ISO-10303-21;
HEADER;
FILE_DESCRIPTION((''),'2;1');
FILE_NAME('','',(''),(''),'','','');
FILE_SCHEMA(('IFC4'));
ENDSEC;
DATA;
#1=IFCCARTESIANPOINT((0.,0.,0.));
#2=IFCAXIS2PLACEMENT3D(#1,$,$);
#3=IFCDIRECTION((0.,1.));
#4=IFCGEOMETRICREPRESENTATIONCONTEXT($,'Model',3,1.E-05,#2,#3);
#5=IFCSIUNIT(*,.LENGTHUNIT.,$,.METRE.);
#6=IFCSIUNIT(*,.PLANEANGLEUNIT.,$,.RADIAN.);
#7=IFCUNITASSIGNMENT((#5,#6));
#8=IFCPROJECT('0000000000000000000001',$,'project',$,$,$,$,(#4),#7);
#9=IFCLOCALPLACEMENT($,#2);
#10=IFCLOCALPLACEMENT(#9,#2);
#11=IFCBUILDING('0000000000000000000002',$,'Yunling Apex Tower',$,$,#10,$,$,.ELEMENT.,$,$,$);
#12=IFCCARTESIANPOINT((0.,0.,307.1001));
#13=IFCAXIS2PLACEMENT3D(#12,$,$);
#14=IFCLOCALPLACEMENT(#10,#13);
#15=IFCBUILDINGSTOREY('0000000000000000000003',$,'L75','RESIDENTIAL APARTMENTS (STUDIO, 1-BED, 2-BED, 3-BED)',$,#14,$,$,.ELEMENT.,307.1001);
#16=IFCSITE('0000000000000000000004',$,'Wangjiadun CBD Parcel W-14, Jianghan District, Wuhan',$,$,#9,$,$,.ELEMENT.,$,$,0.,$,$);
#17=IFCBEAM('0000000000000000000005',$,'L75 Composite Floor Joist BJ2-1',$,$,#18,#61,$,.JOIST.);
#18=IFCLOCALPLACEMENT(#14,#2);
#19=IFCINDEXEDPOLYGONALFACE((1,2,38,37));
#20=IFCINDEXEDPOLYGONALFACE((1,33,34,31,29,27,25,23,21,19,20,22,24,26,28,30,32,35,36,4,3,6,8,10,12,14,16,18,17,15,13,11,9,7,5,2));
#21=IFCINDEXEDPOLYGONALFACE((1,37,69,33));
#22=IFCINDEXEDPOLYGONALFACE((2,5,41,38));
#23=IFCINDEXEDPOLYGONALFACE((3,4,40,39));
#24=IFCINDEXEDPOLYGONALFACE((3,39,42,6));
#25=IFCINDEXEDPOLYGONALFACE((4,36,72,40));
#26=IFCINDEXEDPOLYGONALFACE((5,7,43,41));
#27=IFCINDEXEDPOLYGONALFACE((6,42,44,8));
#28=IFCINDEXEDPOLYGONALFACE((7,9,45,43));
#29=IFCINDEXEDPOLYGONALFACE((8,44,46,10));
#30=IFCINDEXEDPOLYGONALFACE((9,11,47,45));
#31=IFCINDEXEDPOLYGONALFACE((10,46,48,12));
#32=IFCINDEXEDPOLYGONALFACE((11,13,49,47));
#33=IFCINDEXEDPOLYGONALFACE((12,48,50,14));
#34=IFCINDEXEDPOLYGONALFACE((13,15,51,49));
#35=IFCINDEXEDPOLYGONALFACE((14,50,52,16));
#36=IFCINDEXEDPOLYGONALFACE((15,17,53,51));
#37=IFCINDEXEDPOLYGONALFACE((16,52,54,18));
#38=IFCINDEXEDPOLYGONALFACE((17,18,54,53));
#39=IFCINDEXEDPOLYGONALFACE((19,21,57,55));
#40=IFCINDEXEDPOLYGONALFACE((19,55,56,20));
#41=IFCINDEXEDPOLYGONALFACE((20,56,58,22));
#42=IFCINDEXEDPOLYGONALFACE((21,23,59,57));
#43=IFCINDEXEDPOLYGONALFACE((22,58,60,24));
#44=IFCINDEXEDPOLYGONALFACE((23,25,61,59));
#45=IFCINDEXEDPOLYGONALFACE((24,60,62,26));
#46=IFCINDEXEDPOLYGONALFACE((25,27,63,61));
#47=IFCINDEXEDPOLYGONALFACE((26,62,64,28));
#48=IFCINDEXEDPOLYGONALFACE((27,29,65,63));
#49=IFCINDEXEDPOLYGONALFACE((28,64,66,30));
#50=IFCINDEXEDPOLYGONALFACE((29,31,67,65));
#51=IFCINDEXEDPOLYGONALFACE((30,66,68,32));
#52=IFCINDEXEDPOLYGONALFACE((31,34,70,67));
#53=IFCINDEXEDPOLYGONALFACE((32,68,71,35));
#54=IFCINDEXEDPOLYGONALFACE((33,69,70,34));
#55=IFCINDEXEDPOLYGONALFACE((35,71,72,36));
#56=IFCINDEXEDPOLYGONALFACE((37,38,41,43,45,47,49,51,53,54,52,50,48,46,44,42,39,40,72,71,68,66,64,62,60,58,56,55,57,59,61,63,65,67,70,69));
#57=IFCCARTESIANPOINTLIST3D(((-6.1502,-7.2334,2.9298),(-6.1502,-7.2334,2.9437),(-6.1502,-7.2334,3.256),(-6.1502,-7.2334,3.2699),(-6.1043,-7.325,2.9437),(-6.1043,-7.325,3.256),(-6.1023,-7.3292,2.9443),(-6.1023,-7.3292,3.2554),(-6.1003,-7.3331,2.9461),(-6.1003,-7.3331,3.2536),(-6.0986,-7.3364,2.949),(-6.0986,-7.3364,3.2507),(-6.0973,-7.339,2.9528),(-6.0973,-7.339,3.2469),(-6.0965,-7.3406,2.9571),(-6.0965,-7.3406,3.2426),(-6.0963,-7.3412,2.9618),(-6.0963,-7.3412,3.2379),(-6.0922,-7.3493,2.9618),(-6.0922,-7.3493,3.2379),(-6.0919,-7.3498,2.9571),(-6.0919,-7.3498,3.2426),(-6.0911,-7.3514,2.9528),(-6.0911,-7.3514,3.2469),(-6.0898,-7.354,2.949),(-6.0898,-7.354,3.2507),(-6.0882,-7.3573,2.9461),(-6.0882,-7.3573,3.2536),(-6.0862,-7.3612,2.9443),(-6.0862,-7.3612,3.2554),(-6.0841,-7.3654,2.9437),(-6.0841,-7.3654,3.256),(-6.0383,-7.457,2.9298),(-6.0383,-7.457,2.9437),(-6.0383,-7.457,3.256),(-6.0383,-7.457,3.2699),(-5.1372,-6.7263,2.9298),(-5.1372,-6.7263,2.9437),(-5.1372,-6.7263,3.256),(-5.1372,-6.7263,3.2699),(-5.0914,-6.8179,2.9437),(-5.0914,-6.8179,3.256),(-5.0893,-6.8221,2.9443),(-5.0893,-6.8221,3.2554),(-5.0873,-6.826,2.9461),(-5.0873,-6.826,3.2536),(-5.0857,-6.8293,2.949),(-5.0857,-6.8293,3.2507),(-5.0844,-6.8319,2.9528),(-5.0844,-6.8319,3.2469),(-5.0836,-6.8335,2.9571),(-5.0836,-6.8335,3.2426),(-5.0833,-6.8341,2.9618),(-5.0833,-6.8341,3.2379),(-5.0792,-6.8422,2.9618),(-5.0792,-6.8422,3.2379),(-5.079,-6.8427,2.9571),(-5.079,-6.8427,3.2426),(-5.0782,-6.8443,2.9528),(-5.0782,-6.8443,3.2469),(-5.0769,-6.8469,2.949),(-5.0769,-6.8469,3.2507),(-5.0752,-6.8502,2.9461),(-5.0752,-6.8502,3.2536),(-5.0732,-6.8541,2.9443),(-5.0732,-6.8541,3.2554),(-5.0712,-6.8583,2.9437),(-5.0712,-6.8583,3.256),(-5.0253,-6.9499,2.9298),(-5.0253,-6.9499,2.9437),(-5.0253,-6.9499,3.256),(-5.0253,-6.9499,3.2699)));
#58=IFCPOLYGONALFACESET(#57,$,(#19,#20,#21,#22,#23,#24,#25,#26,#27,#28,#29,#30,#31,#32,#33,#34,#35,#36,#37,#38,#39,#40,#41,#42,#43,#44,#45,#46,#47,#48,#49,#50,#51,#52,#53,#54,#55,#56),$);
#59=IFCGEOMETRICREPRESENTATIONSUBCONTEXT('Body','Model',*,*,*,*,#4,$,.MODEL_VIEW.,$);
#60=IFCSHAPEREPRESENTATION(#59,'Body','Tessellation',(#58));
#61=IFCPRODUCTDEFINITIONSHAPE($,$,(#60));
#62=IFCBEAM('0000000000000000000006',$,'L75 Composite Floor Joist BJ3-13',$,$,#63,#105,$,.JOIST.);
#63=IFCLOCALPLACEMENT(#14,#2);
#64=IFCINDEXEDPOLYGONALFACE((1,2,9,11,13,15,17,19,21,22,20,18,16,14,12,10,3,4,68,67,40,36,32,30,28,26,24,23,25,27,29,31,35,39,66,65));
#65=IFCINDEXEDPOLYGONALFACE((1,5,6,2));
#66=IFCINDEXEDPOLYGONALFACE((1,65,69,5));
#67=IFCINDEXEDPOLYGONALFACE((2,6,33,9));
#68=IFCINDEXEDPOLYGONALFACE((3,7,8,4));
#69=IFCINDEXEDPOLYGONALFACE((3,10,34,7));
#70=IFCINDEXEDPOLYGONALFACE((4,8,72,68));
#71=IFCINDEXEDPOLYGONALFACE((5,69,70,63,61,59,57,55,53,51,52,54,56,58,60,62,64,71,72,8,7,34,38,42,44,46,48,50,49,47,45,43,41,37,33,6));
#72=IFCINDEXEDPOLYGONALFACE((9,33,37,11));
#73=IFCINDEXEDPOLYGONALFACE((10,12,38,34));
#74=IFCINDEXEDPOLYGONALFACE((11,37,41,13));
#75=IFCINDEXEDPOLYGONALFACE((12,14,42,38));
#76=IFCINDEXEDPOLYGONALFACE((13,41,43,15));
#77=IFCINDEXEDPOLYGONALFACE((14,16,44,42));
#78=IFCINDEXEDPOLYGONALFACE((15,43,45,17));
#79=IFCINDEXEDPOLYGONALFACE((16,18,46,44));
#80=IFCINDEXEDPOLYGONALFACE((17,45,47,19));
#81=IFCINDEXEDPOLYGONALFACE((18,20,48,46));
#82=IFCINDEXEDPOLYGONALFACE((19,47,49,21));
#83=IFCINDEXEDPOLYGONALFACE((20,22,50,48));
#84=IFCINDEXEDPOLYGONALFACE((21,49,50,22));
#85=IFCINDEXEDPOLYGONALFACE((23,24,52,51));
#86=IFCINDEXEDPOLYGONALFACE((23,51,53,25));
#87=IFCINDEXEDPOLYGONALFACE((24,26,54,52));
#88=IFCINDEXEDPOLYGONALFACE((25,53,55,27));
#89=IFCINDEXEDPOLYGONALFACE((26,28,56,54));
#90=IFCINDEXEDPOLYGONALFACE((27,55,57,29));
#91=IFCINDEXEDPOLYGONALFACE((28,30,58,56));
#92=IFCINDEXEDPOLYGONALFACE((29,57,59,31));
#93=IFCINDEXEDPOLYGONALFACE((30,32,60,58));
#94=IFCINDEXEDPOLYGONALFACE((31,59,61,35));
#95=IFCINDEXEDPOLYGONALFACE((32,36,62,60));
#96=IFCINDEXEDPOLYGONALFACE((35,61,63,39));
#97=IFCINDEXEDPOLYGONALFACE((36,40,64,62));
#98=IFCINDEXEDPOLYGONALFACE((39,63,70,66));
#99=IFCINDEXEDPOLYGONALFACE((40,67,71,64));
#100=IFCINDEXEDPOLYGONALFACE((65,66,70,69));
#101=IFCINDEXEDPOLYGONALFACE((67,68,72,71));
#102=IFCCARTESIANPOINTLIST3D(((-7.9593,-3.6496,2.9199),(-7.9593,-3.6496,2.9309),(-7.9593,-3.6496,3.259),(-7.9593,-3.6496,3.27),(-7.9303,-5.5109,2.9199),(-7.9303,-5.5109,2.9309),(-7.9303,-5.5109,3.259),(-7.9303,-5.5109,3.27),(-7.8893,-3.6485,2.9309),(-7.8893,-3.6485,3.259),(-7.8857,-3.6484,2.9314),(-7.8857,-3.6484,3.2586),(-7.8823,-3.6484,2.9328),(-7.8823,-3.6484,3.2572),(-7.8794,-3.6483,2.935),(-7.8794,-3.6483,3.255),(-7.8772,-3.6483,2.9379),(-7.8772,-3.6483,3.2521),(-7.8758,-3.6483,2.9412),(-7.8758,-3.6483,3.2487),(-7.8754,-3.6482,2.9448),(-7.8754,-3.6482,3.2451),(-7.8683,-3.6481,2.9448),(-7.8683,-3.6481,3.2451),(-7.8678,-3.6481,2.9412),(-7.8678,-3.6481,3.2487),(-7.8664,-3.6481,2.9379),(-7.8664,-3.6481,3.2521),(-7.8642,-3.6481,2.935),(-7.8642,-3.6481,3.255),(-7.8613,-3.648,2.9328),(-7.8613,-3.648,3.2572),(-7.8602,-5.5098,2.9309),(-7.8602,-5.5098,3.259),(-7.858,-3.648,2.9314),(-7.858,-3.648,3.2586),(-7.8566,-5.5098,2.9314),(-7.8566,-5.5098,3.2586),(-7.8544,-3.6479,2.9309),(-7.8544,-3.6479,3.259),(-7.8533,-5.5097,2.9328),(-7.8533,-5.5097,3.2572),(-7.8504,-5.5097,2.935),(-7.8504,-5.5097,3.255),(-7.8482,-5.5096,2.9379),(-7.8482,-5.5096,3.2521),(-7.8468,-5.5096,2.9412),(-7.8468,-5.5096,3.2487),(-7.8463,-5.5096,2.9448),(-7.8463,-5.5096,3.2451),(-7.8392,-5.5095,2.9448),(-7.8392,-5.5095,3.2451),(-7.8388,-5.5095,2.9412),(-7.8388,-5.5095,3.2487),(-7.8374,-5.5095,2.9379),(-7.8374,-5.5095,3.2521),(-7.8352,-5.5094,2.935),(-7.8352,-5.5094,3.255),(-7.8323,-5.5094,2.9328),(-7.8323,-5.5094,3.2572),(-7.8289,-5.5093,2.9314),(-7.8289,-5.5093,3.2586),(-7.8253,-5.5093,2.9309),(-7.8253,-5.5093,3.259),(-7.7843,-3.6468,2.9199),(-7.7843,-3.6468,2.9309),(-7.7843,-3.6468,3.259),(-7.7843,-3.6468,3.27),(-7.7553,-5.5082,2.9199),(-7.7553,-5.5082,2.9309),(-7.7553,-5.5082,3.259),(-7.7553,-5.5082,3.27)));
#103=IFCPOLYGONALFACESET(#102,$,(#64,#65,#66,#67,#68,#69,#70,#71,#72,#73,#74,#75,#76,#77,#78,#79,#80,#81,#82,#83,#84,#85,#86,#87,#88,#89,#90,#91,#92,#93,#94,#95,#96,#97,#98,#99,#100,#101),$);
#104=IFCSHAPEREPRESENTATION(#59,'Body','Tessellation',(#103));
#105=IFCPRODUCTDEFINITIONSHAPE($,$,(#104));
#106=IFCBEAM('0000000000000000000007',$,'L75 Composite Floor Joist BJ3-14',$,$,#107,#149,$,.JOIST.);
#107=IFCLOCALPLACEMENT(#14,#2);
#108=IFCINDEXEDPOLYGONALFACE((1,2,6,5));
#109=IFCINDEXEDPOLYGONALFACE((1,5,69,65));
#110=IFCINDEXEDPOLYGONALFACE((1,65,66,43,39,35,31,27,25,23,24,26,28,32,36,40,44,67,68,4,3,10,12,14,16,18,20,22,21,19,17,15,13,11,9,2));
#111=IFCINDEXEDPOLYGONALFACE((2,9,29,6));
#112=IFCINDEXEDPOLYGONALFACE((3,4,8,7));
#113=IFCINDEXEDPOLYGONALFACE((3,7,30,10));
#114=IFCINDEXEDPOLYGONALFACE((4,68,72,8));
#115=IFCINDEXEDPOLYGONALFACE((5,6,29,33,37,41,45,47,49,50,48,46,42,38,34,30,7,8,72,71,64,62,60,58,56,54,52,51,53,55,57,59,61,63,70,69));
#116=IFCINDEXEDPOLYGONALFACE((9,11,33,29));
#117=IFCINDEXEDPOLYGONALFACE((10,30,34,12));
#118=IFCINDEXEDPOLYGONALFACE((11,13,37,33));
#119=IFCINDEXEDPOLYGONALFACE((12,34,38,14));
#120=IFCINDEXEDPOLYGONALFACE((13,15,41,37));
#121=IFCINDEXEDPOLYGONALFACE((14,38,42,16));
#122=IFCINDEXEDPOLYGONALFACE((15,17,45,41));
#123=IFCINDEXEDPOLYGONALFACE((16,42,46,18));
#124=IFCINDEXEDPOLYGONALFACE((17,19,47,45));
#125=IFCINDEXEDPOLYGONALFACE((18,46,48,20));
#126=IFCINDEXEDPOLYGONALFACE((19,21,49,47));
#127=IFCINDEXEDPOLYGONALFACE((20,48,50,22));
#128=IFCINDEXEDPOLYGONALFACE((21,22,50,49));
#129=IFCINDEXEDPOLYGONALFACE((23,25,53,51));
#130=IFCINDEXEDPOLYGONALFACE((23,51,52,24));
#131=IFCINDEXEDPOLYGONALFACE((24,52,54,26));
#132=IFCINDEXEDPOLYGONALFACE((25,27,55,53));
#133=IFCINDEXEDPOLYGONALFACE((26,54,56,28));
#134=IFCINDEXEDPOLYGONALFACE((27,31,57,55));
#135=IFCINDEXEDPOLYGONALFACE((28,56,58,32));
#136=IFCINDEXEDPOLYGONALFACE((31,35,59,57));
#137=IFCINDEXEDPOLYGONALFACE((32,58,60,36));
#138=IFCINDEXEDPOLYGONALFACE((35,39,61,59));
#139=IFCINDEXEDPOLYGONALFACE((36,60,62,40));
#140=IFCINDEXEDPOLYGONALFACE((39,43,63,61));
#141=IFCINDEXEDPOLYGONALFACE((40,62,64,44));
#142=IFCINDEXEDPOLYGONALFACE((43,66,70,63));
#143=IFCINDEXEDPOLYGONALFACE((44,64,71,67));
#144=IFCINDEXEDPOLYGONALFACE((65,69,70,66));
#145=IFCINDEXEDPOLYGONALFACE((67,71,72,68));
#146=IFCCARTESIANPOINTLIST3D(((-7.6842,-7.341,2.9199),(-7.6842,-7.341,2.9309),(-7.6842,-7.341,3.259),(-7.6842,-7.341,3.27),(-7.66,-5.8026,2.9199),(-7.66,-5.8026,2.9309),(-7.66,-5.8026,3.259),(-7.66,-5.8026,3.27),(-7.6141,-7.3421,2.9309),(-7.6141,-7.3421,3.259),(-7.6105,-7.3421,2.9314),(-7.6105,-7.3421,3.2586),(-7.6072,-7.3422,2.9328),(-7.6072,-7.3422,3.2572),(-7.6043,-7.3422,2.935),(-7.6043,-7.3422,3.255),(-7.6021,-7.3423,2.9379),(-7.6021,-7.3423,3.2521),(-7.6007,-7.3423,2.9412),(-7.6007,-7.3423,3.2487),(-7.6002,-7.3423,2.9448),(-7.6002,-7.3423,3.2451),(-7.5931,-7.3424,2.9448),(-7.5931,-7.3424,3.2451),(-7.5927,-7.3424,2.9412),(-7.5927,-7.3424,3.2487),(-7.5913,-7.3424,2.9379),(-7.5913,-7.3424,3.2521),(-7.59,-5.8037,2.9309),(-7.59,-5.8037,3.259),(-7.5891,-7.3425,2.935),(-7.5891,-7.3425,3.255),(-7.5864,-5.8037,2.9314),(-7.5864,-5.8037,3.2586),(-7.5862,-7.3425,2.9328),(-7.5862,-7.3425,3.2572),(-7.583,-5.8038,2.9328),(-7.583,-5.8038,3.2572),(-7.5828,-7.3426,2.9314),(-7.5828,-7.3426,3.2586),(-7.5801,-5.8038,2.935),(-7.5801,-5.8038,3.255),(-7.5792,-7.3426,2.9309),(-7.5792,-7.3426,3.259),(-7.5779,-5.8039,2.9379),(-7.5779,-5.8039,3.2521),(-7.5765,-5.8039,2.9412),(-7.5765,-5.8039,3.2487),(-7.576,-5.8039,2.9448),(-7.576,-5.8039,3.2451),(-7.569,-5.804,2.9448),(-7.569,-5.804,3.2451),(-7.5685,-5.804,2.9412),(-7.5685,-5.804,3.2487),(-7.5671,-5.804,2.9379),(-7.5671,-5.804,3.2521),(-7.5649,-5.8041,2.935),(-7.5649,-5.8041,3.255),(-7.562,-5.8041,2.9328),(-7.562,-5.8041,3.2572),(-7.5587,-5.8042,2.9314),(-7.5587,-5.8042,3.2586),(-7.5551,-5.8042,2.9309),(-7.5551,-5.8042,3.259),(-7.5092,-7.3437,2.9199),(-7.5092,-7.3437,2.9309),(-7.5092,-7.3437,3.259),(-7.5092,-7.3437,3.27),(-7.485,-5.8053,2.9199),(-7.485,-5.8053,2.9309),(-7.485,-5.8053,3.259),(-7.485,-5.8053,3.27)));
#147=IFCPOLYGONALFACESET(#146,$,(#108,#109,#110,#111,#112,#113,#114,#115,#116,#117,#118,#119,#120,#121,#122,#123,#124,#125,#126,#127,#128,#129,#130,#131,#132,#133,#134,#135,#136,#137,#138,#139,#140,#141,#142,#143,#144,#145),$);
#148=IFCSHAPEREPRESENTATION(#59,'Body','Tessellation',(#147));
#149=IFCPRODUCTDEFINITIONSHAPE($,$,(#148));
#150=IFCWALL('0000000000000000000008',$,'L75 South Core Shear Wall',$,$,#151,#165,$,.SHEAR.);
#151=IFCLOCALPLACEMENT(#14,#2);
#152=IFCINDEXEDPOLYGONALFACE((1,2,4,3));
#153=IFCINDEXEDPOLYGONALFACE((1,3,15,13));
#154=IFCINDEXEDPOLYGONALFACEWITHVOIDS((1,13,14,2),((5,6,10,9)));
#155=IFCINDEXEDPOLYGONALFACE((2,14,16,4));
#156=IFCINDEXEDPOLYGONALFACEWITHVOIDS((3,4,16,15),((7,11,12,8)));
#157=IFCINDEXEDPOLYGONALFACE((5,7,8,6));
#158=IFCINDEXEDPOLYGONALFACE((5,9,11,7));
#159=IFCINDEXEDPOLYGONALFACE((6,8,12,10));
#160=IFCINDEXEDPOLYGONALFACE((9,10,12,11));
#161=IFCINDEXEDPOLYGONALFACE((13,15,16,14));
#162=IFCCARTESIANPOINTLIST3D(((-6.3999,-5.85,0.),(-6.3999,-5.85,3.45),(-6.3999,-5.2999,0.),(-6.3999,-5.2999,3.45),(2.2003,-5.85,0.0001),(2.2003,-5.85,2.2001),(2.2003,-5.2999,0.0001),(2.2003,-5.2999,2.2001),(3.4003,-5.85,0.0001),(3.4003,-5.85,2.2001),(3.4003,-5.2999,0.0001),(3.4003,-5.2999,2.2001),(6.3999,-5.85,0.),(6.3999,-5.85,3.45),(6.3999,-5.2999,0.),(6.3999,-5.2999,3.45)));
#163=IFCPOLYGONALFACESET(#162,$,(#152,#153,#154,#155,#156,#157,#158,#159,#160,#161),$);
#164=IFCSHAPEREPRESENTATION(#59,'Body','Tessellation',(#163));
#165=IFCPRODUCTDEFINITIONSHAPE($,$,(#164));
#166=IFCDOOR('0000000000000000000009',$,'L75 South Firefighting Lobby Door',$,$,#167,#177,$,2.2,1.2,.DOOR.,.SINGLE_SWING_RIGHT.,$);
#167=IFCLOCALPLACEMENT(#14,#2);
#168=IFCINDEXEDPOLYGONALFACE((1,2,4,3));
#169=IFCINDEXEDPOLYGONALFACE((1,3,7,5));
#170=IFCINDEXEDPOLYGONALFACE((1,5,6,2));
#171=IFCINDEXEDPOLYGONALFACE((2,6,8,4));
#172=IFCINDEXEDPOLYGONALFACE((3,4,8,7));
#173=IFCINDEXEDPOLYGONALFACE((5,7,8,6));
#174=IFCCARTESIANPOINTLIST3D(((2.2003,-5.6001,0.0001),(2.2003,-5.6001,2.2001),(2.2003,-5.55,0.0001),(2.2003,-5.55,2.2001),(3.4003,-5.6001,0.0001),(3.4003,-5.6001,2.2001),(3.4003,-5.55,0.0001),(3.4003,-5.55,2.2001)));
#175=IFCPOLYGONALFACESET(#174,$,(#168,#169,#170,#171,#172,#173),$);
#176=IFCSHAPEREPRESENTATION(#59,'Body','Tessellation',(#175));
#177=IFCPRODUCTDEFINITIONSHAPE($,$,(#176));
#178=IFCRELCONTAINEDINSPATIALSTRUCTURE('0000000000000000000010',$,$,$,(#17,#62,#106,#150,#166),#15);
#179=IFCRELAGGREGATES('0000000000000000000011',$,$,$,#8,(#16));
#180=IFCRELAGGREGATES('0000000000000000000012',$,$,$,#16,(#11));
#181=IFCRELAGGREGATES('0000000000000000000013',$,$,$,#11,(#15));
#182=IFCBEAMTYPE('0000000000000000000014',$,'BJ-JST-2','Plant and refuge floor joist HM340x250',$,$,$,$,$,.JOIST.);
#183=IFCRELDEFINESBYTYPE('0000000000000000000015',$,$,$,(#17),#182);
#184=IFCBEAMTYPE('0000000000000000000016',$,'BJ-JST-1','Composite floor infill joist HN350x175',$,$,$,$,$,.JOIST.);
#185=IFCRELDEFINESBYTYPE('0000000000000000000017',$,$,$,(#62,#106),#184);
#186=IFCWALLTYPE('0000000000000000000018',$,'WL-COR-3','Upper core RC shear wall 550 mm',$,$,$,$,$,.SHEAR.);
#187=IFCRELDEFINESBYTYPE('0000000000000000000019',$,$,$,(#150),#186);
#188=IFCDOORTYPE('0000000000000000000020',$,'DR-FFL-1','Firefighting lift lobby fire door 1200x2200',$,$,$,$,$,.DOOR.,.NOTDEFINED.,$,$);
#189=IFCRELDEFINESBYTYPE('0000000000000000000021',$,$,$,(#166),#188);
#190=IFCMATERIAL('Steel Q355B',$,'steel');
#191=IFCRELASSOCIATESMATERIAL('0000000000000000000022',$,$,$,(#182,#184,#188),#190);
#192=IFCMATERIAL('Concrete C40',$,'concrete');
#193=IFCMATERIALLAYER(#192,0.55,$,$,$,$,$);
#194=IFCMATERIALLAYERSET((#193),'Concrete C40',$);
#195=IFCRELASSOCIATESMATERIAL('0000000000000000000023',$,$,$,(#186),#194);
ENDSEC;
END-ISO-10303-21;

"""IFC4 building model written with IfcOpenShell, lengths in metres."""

from ifc_helpers import new_model, si_unit, direction, frame, frame_2d, origin, origin_2d, place, context, subcontext, project, spatial, rectangle, i_section, extrude, source, transform, mapped, material, layer, layer_set, material_profile, profile_set, type_object, element, fill, save


model = new_model("IFC4")

# Units and contexts
model_context = context("Model", 3, precision=1e-05, world=origin(), true_north=direction((0.0, 1.0)))
body_context = subcontext(model_context, "Body", "Model", "MODEL_VIEW")
ifc_project = project(units=[si_unit("LENGTHUNIT", "METRE"), si_unit("PLANEANGLEUNIT", "RADIAN")], contexts=[model_context])

# Site, building, storey
site_placement = place(None, origin())
site = spatial("IfcSite", under=ifc_project, at=site_placement, Name="Wangjiadun CBD Parcel W-14, Jianghan District, Wuhan", CompositionType="ELEMENT", RefElevation=0.0)
building_placement = place(site_placement, origin())
building = spatial("IfcBuilding", under=site, at=building_placement, Name="Yunling Apex Tower", CompositionType="ELEMENT")
storey_placement = place(building_placement, frame((0.0, 0.0, 307.1001)))
storey = spatial("IfcBuildingStorey", under=building, at=storey_placement, Name="L75", Description="RESIDENTIAL APARTMENTS (STUDIO, 1-BED, 2-BED, 3-BED)", CompositionType="ELEMENT", Elevation=307.1001)

# Beams
ifc_material_1 = material(Name="Steel Q355B", Category="steel")
ifc_material_2 = material(Name="Concrete C40", Category="concrete")
ifc_material_profile_1 = material_profile(ifc_material_1, i_section(OverallWidth=0.25, OverallDepth=0.3401, WebThickness=0.009, FlangeThickness=0.0139, FilletRadius=0.0181, at=origin_2d()))
ifc_profile_set_1 = profile_set([ifc_material_profile_1], Name="Steel Q355B")
beam_type_1 = type_object("IfcBeamType", Name="BJ-JST-2", Description="Plant and refuge floor joist HM340x250", PredefinedType="JOIST", material=ifc_profile_set_1)
shared_shape_1 = source(origin(), body_context, "Body", "SweptSolid", [
    extrude(i_section(OverallWidth=0.25, OverallDepth=0.3401, WebThickness=0.009, FlangeThickness=0.0139, FilletRadius=0.0181, at=origin_2d()), origin(), (0.0, 0.0, 1.0), 1.1328),
])
beam_1_placement = place(storey_placement, frame((-6.0942, -7.3452, 3.0999), z_axis=(0.894212, 0.447645, 0.0), x_axis=(-0.447645, 0.894212, 0.0)))
element("IfcBeam", 1, at=beam_1_placement, inside=storey, type_object=beam_type_1, Name="L75 Composite Floor Joist BJ2-1", PredefinedType="JOIST", context=body_context, shape_type="MappedRepresentation", body=[
    mapped(shared_shape_1, transform((0.0, 0.0, 0.0), scale=1.0)),
])
ifc_material_profile_2 = material_profile(ifc_material_1, i_section(OverallWidth=0.175, OverallDepth=0.3501, WebThickness=0.0071, FlangeThickness=0.011, FilletRadius=0.0139, at=origin_2d()))
ifc_profile_set_2 = profile_set([ifc_material_profile_2], Name="Steel Q355B")
beam_type_2 = type_object("IfcBeamType", Name="BJ-JST-1", Description="Composite floor infill joist HN350x175", PredefinedType="JOIST", material=ifc_profile_set_2)
shared_shape_2 = source(origin(), body_context, "Body", "SweptSolid", [
    extrude(i_section(OverallWidth=0.175, OverallDepth=0.3501, WebThickness=0.0071, FlangeThickness=0.011, FilletRadius=0.0139, at=origin_2d()), origin(), (0.0, 0.0, 1.0), 1.8616),
])
beam_2_placement = place(storey_placement, frame((-7.8718, -3.6482, 3.095), z_axis=(0.015607, -0.999878, 0.0), x_axis=(0.999878, 0.015607, 0.0)))
element("IfcBeam", 2, at=beam_2_placement, inside=storey, type_object=beam_type_2, Name="L75 Composite Floor Joist BJ3-13", PredefinedType="JOIST", context=body_context, shape_type="MappedRepresentation", body=[
    mapped(shared_shape_2, transform((0.0, 0.0, 0.0), scale=1.0)),
])
shared_shape_3 = source(origin(), body_context, "Body", "SweptSolid", [
    extrude(i_section(OverallWidth=0.175, OverallDepth=0.3501, WebThickness=0.0071, FlangeThickness=0.011, FilletRadius=0.0139, at=origin_2d()), origin(), (0.0, 0.0, 1.0), 1.5386),
])
beam_3_placement = place(storey_placement, frame((-7.5725, -5.804, 3.095), z_axis=(-0.01571, -0.999877, 0.0), x_axis=(0.999877, -0.01571, 0.0)))
element("IfcBeam", 3, at=beam_3_placement, inside=storey, type_object=beam_type_2, Name="L75 Composite Floor Joist BJ3-14", PredefinedType="JOIST", context=body_context, shape_type="MappedRepresentation", body=[
    mapped(shared_shape_3, transform((0.0, 0.0, 0.0), scale=1.0)),
])

# Wall, opening, door
ifc_layer_1 = layer(ifc_material_2, 0.55)
ifc_layer_set_1 = layer_set([ifc_layer_1], Name="Concrete C40")
wall_type_1 = type_object("IfcWallType", Name="WL-COR-3", Description="Upper core RC shear wall 550 mm", PredefinedType="SHEAR", material=ifc_layer_set_1)
wall_1_placement = place(storey_placement, frame((-6.3999, -5.575, 0.0), z_axis=(0.0, 0.0, 1.0), x_axis=(1.0, 0.0, 0.0)))
wall_1 = element("IfcWall", 4, at=wall_1_placement, inside=storey, type_object=wall_type_1, Name="L75 South Core Shear Wall", PredefinedType="SHEAR", context=body_context, shape_type="SweptSolid", body=[
    extrude(rectangle(XDim=12.7998, YDim=0.55, at=frame_2d((6.3999, 0.0))), origin(), (0.0, 0.0, 1.0), 3.45),
])
opening_1_placement = place(wall_1_placement, frame((8.6001, 0.0, 0.0)))
opening_1 = element("IfcOpeningElement", 5, at=opening_1_placement, cuts=wall_1, PredefinedType="OPENING", context=body_context, shape_type="SweptSolid", body=[
    extrude(rectangle(XDim=1.2, YDim=2.2, at=frame_2d((0.6001, 1.1001))), frame((0.0, 0.2852, 0.0), z_axis=(0.0, -1.0, 0.0), x_axis=(1.0, 0.0, 0.0)), (0.0, 0.0, 1.0), 0.5701),
])
door_type_1 = type_object("IfcDoorType", Name="DR-FFL-1", Description="Firefighting lift lobby fire door 1200x2200", OperationType="NOTDEFINED", PredefinedType="DOOR", material=ifc_material_1)
door_1_placement = place(opening_1_placement, origin())
door_1 = element("IfcDoor", 6, at=door_1_placement, inside=storey, type_object=door_type_1, Name="L75 South Firefighting Lobby Door", OperationType="SINGLE_SWING_RIGHT", OverallHeight=2.2, OverallWidth=1.2, PredefinedType="DOOR", context=body_context, shape_type="SweptSolid", body=[
    extrude(rectangle(XDim=1.2, YDim=2.2, at=frame_2d((0.6001, 1.1001))), frame((0.0, 0.0249, 0.0), z_axis=(0.0, -1.0, 0.0), x_axis=(1.0, 0.0, 0.0)), (0.0, 0.0, 1.0), 0.05),
])
fill(opening_1, door_1)

save(model, "model.ifc")
